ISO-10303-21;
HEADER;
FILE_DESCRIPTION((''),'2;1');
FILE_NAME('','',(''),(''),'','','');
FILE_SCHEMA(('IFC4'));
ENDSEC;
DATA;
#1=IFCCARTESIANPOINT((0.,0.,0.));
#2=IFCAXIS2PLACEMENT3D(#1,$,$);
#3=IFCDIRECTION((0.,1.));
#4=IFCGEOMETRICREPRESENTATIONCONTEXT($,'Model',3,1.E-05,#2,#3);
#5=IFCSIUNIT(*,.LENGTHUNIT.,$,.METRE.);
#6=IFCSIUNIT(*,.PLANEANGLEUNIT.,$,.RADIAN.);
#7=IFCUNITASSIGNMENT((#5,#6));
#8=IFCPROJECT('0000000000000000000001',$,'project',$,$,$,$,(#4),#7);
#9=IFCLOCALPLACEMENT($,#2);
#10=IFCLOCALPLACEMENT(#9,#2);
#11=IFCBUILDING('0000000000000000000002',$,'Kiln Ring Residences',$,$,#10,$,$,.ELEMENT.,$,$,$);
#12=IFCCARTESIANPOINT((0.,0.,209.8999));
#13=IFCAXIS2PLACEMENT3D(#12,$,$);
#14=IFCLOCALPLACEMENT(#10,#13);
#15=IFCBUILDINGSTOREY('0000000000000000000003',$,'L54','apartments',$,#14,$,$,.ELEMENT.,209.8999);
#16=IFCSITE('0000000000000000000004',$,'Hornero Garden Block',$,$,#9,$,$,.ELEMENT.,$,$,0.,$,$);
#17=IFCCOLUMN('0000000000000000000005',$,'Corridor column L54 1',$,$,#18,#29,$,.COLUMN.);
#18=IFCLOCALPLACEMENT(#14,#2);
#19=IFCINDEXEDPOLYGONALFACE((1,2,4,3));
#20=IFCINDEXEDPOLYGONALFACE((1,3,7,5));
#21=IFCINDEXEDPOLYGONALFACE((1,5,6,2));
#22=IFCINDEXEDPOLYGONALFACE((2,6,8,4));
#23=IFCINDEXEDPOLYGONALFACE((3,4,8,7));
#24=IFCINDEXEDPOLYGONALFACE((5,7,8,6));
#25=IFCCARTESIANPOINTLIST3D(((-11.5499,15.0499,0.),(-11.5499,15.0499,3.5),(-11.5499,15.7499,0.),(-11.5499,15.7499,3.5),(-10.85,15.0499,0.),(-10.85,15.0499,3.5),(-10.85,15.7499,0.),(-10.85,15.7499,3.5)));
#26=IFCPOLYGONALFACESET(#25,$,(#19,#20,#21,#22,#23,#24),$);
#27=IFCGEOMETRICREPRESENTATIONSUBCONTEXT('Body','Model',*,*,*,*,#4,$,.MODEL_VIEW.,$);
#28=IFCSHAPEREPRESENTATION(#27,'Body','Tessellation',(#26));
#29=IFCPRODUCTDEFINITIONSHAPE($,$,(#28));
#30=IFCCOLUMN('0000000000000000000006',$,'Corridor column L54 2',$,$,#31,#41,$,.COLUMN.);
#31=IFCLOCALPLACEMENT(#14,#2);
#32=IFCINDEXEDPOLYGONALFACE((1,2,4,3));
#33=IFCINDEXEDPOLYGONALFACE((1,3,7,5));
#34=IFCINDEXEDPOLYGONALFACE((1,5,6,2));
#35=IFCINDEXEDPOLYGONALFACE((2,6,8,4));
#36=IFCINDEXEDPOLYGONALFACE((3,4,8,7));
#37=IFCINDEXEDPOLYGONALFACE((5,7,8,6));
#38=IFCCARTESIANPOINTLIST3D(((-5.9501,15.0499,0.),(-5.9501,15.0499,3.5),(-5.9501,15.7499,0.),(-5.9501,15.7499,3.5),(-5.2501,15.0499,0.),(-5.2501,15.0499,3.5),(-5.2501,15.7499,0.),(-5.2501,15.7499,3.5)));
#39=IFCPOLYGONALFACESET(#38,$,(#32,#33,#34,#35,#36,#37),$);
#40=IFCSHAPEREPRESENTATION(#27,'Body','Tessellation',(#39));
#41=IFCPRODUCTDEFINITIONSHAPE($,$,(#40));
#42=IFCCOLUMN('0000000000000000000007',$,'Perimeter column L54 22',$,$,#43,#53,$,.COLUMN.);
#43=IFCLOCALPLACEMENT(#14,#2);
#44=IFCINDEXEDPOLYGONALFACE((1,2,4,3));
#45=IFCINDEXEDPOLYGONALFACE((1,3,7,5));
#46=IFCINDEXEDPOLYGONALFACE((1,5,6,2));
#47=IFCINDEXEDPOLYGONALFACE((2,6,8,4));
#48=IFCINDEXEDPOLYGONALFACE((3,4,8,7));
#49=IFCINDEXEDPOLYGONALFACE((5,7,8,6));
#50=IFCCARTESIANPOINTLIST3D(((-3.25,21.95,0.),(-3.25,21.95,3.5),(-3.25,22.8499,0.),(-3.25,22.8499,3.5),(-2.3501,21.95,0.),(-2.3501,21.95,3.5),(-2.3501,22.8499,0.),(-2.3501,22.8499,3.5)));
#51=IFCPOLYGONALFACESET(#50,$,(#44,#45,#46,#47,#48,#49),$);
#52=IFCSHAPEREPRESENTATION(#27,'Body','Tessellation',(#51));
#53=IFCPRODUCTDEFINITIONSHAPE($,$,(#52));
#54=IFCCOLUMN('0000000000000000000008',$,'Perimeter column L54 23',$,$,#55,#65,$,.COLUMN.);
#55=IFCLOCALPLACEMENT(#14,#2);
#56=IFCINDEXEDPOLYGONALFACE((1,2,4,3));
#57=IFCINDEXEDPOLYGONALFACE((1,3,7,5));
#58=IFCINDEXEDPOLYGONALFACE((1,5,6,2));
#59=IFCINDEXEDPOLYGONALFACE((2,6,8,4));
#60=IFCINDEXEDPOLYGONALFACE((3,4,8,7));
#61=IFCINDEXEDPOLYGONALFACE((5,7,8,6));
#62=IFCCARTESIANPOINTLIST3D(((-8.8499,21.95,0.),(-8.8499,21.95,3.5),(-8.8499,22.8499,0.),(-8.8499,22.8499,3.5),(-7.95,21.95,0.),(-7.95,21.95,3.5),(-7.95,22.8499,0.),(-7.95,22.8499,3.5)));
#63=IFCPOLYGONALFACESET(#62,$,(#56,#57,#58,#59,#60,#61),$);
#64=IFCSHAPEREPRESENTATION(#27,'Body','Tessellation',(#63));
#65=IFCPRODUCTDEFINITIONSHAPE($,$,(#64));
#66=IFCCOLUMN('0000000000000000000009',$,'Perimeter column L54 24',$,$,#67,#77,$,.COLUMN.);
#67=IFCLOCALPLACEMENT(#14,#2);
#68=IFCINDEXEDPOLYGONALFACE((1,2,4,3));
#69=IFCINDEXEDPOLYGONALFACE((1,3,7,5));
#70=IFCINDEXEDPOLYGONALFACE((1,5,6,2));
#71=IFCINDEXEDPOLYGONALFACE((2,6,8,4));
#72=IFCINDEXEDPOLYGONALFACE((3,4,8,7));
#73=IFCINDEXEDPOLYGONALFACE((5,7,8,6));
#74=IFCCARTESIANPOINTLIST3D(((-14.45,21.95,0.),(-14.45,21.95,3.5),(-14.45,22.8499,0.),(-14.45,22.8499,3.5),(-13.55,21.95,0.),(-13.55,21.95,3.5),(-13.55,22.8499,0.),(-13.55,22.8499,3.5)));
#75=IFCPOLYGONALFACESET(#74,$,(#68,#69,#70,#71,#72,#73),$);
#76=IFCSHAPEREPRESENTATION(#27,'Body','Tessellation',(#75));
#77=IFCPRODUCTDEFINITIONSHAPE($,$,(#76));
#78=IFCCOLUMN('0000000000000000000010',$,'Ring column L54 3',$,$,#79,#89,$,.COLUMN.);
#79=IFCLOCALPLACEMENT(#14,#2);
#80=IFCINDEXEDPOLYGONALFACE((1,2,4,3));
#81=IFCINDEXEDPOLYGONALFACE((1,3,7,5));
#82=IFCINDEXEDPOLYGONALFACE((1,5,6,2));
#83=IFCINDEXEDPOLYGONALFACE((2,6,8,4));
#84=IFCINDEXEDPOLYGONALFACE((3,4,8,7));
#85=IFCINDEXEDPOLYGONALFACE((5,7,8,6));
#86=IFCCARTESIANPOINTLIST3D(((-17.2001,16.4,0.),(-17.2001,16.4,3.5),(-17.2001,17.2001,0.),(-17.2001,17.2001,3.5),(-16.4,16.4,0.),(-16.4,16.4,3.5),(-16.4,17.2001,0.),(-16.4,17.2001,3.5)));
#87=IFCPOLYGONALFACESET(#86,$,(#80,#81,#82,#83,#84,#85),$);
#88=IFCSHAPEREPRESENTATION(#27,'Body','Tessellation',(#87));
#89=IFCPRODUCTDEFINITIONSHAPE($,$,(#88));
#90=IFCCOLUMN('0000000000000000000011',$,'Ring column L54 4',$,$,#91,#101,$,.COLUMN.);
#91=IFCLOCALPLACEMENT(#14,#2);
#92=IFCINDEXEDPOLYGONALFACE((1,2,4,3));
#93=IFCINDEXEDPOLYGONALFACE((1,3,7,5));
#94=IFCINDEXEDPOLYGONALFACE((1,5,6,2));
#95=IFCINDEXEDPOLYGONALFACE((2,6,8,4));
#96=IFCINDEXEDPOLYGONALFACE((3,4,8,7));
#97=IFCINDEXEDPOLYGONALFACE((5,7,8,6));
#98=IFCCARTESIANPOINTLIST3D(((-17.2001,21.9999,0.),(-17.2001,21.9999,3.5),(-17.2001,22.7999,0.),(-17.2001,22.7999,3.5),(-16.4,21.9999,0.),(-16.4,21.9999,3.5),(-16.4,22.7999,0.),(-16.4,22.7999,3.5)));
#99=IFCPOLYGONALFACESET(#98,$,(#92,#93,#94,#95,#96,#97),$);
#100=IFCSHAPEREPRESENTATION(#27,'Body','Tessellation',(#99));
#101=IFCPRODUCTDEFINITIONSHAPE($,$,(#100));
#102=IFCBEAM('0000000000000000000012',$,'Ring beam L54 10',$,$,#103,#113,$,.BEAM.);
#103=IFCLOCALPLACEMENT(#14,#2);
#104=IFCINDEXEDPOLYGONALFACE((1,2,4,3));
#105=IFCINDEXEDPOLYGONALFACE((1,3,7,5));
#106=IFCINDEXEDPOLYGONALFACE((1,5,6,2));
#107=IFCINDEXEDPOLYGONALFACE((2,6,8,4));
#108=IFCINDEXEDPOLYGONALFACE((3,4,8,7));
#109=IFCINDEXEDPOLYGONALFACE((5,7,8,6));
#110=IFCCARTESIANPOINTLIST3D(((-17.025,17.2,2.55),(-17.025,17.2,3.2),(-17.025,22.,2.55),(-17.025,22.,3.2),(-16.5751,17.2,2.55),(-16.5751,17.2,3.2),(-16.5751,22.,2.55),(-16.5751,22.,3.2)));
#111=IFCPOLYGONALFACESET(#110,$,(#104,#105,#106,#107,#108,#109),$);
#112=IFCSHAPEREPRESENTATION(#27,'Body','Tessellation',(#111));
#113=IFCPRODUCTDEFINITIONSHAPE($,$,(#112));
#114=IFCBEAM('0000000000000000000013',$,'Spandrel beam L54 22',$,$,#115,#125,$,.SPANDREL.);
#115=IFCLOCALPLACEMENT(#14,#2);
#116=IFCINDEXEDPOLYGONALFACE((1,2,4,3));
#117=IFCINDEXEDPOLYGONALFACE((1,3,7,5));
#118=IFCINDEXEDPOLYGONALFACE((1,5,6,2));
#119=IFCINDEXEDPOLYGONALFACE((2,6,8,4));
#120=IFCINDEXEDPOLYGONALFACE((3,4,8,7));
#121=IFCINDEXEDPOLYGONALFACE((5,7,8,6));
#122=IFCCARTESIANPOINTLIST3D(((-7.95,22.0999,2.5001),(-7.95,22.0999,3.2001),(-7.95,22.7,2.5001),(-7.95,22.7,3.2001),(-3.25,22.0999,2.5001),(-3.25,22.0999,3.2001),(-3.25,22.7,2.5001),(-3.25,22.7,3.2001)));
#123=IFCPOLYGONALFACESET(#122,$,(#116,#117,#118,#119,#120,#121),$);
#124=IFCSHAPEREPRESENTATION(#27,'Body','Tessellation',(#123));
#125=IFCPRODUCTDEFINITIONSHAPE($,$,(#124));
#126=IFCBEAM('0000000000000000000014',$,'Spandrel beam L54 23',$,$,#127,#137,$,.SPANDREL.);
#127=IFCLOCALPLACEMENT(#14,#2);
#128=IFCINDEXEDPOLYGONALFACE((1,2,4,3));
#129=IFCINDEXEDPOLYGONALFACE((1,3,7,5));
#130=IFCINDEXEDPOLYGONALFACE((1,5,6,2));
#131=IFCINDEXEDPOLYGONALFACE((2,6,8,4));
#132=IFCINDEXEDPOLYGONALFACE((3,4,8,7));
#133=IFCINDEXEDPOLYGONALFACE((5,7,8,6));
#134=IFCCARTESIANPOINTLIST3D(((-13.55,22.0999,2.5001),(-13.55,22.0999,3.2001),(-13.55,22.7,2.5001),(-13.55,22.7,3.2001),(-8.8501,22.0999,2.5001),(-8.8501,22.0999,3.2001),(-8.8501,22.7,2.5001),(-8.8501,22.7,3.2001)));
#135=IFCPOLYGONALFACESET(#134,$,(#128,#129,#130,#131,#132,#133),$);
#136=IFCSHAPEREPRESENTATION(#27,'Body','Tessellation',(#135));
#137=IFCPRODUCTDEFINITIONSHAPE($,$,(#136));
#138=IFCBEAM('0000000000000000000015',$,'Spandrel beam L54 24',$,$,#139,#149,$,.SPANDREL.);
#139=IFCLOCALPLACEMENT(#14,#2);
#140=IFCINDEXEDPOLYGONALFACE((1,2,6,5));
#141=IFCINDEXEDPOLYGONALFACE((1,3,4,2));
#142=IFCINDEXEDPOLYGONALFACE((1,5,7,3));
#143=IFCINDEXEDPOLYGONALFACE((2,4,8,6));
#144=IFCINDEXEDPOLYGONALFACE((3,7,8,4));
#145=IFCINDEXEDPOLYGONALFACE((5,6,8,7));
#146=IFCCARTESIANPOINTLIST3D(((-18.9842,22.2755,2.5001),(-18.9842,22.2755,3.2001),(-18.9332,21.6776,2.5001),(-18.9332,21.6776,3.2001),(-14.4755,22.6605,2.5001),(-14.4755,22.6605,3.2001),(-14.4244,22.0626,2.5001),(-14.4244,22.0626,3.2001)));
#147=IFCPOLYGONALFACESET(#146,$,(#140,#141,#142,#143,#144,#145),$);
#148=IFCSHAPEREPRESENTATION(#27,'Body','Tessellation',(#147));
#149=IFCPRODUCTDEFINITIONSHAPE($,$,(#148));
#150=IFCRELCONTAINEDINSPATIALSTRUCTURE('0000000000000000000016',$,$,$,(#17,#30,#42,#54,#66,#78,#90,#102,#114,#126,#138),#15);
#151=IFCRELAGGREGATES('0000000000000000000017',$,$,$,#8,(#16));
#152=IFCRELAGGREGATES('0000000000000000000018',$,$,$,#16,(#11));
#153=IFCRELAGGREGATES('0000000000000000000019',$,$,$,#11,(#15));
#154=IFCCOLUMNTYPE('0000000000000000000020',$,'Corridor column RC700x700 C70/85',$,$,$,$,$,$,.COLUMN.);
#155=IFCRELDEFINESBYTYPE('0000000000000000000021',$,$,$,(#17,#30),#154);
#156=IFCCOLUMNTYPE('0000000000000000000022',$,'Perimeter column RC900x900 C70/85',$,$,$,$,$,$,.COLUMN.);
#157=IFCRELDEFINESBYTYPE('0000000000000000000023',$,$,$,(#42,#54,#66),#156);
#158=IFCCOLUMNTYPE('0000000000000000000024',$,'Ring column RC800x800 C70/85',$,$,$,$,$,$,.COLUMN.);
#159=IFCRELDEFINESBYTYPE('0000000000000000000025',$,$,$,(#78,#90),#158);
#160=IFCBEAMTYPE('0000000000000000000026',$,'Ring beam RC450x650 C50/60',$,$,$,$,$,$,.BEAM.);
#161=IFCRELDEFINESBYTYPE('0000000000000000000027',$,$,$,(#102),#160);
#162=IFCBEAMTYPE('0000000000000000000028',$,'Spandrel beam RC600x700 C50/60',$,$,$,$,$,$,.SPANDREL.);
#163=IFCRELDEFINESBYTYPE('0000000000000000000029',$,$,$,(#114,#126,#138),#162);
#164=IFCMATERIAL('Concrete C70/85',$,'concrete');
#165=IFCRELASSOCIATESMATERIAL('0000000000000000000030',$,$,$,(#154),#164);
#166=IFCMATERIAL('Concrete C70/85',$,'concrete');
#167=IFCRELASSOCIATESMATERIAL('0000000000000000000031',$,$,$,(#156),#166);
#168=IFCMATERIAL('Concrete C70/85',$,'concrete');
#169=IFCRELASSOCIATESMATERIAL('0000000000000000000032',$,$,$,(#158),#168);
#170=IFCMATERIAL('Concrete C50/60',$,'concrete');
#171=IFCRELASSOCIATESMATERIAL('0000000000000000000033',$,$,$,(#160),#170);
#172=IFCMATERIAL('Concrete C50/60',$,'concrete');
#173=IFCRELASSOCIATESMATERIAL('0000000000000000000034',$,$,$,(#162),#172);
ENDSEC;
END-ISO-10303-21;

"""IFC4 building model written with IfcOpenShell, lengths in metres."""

from ifc_helpers import new_model, si_unit, direction, frame, origin, origin_2d, place, context, subcontext, project, spatial, rectangle, extrude, material, material_profile, profile_set, type_object, element, save


model = new_model("IFC4")

# Units and contexts
model_context = context("Model", 3, precision=1e-05, world=origin(), true_north=direction((0.0, 1.0)))
body_context = subcontext(model_context, "Body", "Model", "MODEL_VIEW")
ifc_project = project(units=[si_unit("LENGTHUNIT", "METRE"), si_unit("PLANEANGLEUNIT", "RADIAN")], contexts=[model_context])

# Site, building, storey
site_placement = place(None, origin())
site = spatial("IfcSite", under=ifc_project, at=site_placement, Name="Hornero Garden Block", CompositionType="ELEMENT", RefElevation=0.0)
building_placement = place(site_placement, origin())
building = spatial("IfcBuilding", under=site, at=building_placement, Name="Kiln Ring Residences", CompositionType="ELEMENT")
storey_placement = place(building_placement, frame((0.0, 0.0, 209.8999)))
storey = spatial("IfcBuildingStorey", under=building, at=storey_placement, Name="L54", Description="apartments", CompositionType="ELEMENT", Elevation=209.8999)

# Columns
ifc_material_1 = material(Name="Concrete C70/85", Category="concrete")
ifc_material_profile_1 = material_profile(ifc_material_1, rectangle(XDim=0.7, YDim=0.7, at=origin_2d()), Name="RC700x700")
ifc_profile_set_1 = profile_set([ifc_material_profile_1], Name="Concrete C70/85")
column_type_1 = type_object("IfcColumnType", Name="Corridor column RC700x700 C70/85", PredefinedType="COLUMN", material=ifc_profile_set_1)
for number, where, z_axis, x_axis, name in (
    (1, (-11.2, 15.3999, 0.0), (0.0, 0.0, 1.0), (1.0, 0.0, 0.0), "Corridor column L54 1"),
    (2, (-5.6001, 15.3999, 0.0), (0.0, 0.0, 1.0), (1.0, 0.0, 0.0), "Corridor column L54 2"),
):
    element("IfcColumn", number, at=place(storey_placement, frame(where, z_axis=z_axis, x_axis=x_axis)), inside=storey, type_object=column_type_1, Name=name, PredefinedType="COLUMN", context=body_context, shape_type="SweptSolid", body=[
        extrude(rectangle(XDim=0.7, YDim=0.7, at=origin_2d()), origin(), (0.0, 0.0, 1.0), 3.5),
    ])
ifc_material_2 = material(Name="Concrete C70/85", Category="concrete")
ifc_material_profile_2 = material_profile(ifc_material_2, rectangle(XDim=0.8999, YDim=0.8999, at=origin_2d()), Name="RC900x900")
ifc_profile_set_2 = profile_set([ifc_material_profile_2], Name="Concrete C70/85")
column_type_2 = type_object("IfcColumnType", Name="Perimeter column RC900x900 C70/85", PredefinedType="COLUMN", material=ifc_profile_set_2)
for number, where, z_axis, x_axis, name in (
    (3, (-2.8, 22.3999, 0.0), (0.0, 0.0, 1.0), (1.0, 0.0, 0.0), "Perimeter column L54 22"),
    (4, (-8.3999, 22.3999, 0.0), (0.0, 0.0, 1.0), (1.0, 0.0, 0.0), "Perimeter column L54 23"),
    (5, (-14.0, 22.3999, 0.0), (0.0, 0.0, 1.0), (1.0, 0.0, 0.0), "Perimeter column L54 24"),
):
    element("IfcColumn", number, at=place(storey_placement, frame(where, z_axis=z_axis, x_axis=x_axis)), inside=storey, type_object=column_type_2, Name=name, PredefinedType="COLUMN", context=body_context, shape_type="SweptSolid", body=[
        extrude(rectangle(XDim=0.8999, YDim=0.8999, at=origin_2d()), origin(), (0.0, 0.0, 1.0), 3.5),
    ])
ifc_material_3 = material(Name="Concrete C70/85", Category="concrete")
ifc_material_profile_3 = material_profile(ifc_material_3, rectangle(XDim=0.8, YDim=0.8, at=origin_2d()), Name="RC800x800")
ifc_profile_set_3 = profile_set([ifc_material_profile_3], Name="Concrete C70/85")
column_type_3 = type_object("IfcColumnType", Name="Ring column RC800x800 C70/85", PredefinedType="COLUMN", material=ifc_profile_set_3)
for number, where, z_axis, x_axis, name in (
    (6, (-16.8, 16.8, 0.0), (0.0, 0.0, 1.0), (1.0, 0.0, 0.0), "Ring column L54 3"),
    (7, (-16.8, 22.3999, 0.0), (0.0, 0.0, 1.0), (1.0, 0.0, 0.0), "Ring column L54 4"),
):
    element("IfcColumn", number, at=place(storey_placement, frame(where, z_axis=z_axis, x_axis=x_axis)), inside=storey, type_object=column_type_3, Name=name, PredefinedType="COLUMN", context=body_context, shape_type="SweptSolid", body=[
        extrude(rectangle(XDim=0.8, YDim=0.8, at=origin_2d()), origin(), (0.0, 0.0, 1.0), 3.5),
    ])

# Beams
ifc_material_4 = material(Name="Concrete C50/60", Category="concrete")
ifc_material_profile_4 = material_profile(ifc_material_4, rectangle(XDim=0.45, YDim=0.6499, at=origin_2d()), Name="RC450x650")
ifc_profile_set_4 = profile_set([ifc_material_profile_4], Name="Concrete C50/60")
beam_type_1 = type_object("IfcBeamType", Name="Ring beam RC450x650 C50/60", PredefinedType="BEAM", material=ifc_profile_set_4)
beam_1_placement = place(storey_placement, frame((-16.8, 17.2, 2.875), z_axis=(0.0, 1.0, 0.0), x_axis=(-1.0, 0.0, 0.0)))
element("IfcBeam", 8, at=beam_1_placement, inside=storey, type_object=beam_type_1, Name="Ring beam L54 10", PredefinedType="BEAM", context=body_context, shape_type="SweptSolid", body=[
    extrude(rectangle(XDim=0.45, YDim=0.6499, at=origin_2d()), origin(), (0.0, 0.0, 1.0), 4.8),
])
ifc_material_5 = material(Name="Concrete C50/60", Category="concrete")
ifc_material_profile_5 = material_profile(ifc_material_5, rectangle(XDim=0.6001, YDim=0.7, at=origin_2d()), Name="RC600x700")
ifc_profile_set_5 = profile_set([ifc_material_profile_5], Name="Concrete C50/60")
beam_type_2 = type_object("IfcBeamType", Name="Spandrel beam RC600x700 C50/60", PredefinedType="SPANDREL", material=ifc_profile_set_5)
for number, where, z_axis, x_axis, name in (
    (9, (-3.25, 22.3999, 2.8501), (-1.0, 0.0, 0.0), (0.0, -1.0, 0.0), "Spandrel beam L54 22"),
    (10, (-8.8501, 22.3999, 2.8501), (-1.0, 0.0, 0.0), (0.0, -1.0, 0.0), "Spandrel beam L54 23"),
):
    element("IfcBeam", number, at=place(storey_placement, frame(where, z_axis=z_axis, x_axis=x_axis)), inside=storey, type_object=beam_type_2, Name=name, PredefinedType="SPANDREL", context=body_context, shape_type="SweptSolid", body=[
        extrude(rectangle(XDim=0.6001, YDim=0.7, at=origin_2d()), origin(), (0.0, 0.0, 1.0), 4.7),
    ])
beam_2_placement = place(storey_placement, frame((-14.45, 22.3616, 2.8501), z_axis=(-0.996374, -0.085081, 0.0), x_axis=(0.085081, -0.996374, 0.0)))
element("IfcBeam", 11, at=beam_2_placement, inside=storey, type_object=beam_type_2, Name="Spandrel beam L54 24", PredefinedType="SPANDREL", context=body_context, shape_type="SweptSolid", body=[
    extrude(rectangle(XDim=0.6001, YDim=0.7, at=origin_2d()), origin(), (0.0, 0.0, 1.0), 4.5251),
])

save(model, "model.ifc")
